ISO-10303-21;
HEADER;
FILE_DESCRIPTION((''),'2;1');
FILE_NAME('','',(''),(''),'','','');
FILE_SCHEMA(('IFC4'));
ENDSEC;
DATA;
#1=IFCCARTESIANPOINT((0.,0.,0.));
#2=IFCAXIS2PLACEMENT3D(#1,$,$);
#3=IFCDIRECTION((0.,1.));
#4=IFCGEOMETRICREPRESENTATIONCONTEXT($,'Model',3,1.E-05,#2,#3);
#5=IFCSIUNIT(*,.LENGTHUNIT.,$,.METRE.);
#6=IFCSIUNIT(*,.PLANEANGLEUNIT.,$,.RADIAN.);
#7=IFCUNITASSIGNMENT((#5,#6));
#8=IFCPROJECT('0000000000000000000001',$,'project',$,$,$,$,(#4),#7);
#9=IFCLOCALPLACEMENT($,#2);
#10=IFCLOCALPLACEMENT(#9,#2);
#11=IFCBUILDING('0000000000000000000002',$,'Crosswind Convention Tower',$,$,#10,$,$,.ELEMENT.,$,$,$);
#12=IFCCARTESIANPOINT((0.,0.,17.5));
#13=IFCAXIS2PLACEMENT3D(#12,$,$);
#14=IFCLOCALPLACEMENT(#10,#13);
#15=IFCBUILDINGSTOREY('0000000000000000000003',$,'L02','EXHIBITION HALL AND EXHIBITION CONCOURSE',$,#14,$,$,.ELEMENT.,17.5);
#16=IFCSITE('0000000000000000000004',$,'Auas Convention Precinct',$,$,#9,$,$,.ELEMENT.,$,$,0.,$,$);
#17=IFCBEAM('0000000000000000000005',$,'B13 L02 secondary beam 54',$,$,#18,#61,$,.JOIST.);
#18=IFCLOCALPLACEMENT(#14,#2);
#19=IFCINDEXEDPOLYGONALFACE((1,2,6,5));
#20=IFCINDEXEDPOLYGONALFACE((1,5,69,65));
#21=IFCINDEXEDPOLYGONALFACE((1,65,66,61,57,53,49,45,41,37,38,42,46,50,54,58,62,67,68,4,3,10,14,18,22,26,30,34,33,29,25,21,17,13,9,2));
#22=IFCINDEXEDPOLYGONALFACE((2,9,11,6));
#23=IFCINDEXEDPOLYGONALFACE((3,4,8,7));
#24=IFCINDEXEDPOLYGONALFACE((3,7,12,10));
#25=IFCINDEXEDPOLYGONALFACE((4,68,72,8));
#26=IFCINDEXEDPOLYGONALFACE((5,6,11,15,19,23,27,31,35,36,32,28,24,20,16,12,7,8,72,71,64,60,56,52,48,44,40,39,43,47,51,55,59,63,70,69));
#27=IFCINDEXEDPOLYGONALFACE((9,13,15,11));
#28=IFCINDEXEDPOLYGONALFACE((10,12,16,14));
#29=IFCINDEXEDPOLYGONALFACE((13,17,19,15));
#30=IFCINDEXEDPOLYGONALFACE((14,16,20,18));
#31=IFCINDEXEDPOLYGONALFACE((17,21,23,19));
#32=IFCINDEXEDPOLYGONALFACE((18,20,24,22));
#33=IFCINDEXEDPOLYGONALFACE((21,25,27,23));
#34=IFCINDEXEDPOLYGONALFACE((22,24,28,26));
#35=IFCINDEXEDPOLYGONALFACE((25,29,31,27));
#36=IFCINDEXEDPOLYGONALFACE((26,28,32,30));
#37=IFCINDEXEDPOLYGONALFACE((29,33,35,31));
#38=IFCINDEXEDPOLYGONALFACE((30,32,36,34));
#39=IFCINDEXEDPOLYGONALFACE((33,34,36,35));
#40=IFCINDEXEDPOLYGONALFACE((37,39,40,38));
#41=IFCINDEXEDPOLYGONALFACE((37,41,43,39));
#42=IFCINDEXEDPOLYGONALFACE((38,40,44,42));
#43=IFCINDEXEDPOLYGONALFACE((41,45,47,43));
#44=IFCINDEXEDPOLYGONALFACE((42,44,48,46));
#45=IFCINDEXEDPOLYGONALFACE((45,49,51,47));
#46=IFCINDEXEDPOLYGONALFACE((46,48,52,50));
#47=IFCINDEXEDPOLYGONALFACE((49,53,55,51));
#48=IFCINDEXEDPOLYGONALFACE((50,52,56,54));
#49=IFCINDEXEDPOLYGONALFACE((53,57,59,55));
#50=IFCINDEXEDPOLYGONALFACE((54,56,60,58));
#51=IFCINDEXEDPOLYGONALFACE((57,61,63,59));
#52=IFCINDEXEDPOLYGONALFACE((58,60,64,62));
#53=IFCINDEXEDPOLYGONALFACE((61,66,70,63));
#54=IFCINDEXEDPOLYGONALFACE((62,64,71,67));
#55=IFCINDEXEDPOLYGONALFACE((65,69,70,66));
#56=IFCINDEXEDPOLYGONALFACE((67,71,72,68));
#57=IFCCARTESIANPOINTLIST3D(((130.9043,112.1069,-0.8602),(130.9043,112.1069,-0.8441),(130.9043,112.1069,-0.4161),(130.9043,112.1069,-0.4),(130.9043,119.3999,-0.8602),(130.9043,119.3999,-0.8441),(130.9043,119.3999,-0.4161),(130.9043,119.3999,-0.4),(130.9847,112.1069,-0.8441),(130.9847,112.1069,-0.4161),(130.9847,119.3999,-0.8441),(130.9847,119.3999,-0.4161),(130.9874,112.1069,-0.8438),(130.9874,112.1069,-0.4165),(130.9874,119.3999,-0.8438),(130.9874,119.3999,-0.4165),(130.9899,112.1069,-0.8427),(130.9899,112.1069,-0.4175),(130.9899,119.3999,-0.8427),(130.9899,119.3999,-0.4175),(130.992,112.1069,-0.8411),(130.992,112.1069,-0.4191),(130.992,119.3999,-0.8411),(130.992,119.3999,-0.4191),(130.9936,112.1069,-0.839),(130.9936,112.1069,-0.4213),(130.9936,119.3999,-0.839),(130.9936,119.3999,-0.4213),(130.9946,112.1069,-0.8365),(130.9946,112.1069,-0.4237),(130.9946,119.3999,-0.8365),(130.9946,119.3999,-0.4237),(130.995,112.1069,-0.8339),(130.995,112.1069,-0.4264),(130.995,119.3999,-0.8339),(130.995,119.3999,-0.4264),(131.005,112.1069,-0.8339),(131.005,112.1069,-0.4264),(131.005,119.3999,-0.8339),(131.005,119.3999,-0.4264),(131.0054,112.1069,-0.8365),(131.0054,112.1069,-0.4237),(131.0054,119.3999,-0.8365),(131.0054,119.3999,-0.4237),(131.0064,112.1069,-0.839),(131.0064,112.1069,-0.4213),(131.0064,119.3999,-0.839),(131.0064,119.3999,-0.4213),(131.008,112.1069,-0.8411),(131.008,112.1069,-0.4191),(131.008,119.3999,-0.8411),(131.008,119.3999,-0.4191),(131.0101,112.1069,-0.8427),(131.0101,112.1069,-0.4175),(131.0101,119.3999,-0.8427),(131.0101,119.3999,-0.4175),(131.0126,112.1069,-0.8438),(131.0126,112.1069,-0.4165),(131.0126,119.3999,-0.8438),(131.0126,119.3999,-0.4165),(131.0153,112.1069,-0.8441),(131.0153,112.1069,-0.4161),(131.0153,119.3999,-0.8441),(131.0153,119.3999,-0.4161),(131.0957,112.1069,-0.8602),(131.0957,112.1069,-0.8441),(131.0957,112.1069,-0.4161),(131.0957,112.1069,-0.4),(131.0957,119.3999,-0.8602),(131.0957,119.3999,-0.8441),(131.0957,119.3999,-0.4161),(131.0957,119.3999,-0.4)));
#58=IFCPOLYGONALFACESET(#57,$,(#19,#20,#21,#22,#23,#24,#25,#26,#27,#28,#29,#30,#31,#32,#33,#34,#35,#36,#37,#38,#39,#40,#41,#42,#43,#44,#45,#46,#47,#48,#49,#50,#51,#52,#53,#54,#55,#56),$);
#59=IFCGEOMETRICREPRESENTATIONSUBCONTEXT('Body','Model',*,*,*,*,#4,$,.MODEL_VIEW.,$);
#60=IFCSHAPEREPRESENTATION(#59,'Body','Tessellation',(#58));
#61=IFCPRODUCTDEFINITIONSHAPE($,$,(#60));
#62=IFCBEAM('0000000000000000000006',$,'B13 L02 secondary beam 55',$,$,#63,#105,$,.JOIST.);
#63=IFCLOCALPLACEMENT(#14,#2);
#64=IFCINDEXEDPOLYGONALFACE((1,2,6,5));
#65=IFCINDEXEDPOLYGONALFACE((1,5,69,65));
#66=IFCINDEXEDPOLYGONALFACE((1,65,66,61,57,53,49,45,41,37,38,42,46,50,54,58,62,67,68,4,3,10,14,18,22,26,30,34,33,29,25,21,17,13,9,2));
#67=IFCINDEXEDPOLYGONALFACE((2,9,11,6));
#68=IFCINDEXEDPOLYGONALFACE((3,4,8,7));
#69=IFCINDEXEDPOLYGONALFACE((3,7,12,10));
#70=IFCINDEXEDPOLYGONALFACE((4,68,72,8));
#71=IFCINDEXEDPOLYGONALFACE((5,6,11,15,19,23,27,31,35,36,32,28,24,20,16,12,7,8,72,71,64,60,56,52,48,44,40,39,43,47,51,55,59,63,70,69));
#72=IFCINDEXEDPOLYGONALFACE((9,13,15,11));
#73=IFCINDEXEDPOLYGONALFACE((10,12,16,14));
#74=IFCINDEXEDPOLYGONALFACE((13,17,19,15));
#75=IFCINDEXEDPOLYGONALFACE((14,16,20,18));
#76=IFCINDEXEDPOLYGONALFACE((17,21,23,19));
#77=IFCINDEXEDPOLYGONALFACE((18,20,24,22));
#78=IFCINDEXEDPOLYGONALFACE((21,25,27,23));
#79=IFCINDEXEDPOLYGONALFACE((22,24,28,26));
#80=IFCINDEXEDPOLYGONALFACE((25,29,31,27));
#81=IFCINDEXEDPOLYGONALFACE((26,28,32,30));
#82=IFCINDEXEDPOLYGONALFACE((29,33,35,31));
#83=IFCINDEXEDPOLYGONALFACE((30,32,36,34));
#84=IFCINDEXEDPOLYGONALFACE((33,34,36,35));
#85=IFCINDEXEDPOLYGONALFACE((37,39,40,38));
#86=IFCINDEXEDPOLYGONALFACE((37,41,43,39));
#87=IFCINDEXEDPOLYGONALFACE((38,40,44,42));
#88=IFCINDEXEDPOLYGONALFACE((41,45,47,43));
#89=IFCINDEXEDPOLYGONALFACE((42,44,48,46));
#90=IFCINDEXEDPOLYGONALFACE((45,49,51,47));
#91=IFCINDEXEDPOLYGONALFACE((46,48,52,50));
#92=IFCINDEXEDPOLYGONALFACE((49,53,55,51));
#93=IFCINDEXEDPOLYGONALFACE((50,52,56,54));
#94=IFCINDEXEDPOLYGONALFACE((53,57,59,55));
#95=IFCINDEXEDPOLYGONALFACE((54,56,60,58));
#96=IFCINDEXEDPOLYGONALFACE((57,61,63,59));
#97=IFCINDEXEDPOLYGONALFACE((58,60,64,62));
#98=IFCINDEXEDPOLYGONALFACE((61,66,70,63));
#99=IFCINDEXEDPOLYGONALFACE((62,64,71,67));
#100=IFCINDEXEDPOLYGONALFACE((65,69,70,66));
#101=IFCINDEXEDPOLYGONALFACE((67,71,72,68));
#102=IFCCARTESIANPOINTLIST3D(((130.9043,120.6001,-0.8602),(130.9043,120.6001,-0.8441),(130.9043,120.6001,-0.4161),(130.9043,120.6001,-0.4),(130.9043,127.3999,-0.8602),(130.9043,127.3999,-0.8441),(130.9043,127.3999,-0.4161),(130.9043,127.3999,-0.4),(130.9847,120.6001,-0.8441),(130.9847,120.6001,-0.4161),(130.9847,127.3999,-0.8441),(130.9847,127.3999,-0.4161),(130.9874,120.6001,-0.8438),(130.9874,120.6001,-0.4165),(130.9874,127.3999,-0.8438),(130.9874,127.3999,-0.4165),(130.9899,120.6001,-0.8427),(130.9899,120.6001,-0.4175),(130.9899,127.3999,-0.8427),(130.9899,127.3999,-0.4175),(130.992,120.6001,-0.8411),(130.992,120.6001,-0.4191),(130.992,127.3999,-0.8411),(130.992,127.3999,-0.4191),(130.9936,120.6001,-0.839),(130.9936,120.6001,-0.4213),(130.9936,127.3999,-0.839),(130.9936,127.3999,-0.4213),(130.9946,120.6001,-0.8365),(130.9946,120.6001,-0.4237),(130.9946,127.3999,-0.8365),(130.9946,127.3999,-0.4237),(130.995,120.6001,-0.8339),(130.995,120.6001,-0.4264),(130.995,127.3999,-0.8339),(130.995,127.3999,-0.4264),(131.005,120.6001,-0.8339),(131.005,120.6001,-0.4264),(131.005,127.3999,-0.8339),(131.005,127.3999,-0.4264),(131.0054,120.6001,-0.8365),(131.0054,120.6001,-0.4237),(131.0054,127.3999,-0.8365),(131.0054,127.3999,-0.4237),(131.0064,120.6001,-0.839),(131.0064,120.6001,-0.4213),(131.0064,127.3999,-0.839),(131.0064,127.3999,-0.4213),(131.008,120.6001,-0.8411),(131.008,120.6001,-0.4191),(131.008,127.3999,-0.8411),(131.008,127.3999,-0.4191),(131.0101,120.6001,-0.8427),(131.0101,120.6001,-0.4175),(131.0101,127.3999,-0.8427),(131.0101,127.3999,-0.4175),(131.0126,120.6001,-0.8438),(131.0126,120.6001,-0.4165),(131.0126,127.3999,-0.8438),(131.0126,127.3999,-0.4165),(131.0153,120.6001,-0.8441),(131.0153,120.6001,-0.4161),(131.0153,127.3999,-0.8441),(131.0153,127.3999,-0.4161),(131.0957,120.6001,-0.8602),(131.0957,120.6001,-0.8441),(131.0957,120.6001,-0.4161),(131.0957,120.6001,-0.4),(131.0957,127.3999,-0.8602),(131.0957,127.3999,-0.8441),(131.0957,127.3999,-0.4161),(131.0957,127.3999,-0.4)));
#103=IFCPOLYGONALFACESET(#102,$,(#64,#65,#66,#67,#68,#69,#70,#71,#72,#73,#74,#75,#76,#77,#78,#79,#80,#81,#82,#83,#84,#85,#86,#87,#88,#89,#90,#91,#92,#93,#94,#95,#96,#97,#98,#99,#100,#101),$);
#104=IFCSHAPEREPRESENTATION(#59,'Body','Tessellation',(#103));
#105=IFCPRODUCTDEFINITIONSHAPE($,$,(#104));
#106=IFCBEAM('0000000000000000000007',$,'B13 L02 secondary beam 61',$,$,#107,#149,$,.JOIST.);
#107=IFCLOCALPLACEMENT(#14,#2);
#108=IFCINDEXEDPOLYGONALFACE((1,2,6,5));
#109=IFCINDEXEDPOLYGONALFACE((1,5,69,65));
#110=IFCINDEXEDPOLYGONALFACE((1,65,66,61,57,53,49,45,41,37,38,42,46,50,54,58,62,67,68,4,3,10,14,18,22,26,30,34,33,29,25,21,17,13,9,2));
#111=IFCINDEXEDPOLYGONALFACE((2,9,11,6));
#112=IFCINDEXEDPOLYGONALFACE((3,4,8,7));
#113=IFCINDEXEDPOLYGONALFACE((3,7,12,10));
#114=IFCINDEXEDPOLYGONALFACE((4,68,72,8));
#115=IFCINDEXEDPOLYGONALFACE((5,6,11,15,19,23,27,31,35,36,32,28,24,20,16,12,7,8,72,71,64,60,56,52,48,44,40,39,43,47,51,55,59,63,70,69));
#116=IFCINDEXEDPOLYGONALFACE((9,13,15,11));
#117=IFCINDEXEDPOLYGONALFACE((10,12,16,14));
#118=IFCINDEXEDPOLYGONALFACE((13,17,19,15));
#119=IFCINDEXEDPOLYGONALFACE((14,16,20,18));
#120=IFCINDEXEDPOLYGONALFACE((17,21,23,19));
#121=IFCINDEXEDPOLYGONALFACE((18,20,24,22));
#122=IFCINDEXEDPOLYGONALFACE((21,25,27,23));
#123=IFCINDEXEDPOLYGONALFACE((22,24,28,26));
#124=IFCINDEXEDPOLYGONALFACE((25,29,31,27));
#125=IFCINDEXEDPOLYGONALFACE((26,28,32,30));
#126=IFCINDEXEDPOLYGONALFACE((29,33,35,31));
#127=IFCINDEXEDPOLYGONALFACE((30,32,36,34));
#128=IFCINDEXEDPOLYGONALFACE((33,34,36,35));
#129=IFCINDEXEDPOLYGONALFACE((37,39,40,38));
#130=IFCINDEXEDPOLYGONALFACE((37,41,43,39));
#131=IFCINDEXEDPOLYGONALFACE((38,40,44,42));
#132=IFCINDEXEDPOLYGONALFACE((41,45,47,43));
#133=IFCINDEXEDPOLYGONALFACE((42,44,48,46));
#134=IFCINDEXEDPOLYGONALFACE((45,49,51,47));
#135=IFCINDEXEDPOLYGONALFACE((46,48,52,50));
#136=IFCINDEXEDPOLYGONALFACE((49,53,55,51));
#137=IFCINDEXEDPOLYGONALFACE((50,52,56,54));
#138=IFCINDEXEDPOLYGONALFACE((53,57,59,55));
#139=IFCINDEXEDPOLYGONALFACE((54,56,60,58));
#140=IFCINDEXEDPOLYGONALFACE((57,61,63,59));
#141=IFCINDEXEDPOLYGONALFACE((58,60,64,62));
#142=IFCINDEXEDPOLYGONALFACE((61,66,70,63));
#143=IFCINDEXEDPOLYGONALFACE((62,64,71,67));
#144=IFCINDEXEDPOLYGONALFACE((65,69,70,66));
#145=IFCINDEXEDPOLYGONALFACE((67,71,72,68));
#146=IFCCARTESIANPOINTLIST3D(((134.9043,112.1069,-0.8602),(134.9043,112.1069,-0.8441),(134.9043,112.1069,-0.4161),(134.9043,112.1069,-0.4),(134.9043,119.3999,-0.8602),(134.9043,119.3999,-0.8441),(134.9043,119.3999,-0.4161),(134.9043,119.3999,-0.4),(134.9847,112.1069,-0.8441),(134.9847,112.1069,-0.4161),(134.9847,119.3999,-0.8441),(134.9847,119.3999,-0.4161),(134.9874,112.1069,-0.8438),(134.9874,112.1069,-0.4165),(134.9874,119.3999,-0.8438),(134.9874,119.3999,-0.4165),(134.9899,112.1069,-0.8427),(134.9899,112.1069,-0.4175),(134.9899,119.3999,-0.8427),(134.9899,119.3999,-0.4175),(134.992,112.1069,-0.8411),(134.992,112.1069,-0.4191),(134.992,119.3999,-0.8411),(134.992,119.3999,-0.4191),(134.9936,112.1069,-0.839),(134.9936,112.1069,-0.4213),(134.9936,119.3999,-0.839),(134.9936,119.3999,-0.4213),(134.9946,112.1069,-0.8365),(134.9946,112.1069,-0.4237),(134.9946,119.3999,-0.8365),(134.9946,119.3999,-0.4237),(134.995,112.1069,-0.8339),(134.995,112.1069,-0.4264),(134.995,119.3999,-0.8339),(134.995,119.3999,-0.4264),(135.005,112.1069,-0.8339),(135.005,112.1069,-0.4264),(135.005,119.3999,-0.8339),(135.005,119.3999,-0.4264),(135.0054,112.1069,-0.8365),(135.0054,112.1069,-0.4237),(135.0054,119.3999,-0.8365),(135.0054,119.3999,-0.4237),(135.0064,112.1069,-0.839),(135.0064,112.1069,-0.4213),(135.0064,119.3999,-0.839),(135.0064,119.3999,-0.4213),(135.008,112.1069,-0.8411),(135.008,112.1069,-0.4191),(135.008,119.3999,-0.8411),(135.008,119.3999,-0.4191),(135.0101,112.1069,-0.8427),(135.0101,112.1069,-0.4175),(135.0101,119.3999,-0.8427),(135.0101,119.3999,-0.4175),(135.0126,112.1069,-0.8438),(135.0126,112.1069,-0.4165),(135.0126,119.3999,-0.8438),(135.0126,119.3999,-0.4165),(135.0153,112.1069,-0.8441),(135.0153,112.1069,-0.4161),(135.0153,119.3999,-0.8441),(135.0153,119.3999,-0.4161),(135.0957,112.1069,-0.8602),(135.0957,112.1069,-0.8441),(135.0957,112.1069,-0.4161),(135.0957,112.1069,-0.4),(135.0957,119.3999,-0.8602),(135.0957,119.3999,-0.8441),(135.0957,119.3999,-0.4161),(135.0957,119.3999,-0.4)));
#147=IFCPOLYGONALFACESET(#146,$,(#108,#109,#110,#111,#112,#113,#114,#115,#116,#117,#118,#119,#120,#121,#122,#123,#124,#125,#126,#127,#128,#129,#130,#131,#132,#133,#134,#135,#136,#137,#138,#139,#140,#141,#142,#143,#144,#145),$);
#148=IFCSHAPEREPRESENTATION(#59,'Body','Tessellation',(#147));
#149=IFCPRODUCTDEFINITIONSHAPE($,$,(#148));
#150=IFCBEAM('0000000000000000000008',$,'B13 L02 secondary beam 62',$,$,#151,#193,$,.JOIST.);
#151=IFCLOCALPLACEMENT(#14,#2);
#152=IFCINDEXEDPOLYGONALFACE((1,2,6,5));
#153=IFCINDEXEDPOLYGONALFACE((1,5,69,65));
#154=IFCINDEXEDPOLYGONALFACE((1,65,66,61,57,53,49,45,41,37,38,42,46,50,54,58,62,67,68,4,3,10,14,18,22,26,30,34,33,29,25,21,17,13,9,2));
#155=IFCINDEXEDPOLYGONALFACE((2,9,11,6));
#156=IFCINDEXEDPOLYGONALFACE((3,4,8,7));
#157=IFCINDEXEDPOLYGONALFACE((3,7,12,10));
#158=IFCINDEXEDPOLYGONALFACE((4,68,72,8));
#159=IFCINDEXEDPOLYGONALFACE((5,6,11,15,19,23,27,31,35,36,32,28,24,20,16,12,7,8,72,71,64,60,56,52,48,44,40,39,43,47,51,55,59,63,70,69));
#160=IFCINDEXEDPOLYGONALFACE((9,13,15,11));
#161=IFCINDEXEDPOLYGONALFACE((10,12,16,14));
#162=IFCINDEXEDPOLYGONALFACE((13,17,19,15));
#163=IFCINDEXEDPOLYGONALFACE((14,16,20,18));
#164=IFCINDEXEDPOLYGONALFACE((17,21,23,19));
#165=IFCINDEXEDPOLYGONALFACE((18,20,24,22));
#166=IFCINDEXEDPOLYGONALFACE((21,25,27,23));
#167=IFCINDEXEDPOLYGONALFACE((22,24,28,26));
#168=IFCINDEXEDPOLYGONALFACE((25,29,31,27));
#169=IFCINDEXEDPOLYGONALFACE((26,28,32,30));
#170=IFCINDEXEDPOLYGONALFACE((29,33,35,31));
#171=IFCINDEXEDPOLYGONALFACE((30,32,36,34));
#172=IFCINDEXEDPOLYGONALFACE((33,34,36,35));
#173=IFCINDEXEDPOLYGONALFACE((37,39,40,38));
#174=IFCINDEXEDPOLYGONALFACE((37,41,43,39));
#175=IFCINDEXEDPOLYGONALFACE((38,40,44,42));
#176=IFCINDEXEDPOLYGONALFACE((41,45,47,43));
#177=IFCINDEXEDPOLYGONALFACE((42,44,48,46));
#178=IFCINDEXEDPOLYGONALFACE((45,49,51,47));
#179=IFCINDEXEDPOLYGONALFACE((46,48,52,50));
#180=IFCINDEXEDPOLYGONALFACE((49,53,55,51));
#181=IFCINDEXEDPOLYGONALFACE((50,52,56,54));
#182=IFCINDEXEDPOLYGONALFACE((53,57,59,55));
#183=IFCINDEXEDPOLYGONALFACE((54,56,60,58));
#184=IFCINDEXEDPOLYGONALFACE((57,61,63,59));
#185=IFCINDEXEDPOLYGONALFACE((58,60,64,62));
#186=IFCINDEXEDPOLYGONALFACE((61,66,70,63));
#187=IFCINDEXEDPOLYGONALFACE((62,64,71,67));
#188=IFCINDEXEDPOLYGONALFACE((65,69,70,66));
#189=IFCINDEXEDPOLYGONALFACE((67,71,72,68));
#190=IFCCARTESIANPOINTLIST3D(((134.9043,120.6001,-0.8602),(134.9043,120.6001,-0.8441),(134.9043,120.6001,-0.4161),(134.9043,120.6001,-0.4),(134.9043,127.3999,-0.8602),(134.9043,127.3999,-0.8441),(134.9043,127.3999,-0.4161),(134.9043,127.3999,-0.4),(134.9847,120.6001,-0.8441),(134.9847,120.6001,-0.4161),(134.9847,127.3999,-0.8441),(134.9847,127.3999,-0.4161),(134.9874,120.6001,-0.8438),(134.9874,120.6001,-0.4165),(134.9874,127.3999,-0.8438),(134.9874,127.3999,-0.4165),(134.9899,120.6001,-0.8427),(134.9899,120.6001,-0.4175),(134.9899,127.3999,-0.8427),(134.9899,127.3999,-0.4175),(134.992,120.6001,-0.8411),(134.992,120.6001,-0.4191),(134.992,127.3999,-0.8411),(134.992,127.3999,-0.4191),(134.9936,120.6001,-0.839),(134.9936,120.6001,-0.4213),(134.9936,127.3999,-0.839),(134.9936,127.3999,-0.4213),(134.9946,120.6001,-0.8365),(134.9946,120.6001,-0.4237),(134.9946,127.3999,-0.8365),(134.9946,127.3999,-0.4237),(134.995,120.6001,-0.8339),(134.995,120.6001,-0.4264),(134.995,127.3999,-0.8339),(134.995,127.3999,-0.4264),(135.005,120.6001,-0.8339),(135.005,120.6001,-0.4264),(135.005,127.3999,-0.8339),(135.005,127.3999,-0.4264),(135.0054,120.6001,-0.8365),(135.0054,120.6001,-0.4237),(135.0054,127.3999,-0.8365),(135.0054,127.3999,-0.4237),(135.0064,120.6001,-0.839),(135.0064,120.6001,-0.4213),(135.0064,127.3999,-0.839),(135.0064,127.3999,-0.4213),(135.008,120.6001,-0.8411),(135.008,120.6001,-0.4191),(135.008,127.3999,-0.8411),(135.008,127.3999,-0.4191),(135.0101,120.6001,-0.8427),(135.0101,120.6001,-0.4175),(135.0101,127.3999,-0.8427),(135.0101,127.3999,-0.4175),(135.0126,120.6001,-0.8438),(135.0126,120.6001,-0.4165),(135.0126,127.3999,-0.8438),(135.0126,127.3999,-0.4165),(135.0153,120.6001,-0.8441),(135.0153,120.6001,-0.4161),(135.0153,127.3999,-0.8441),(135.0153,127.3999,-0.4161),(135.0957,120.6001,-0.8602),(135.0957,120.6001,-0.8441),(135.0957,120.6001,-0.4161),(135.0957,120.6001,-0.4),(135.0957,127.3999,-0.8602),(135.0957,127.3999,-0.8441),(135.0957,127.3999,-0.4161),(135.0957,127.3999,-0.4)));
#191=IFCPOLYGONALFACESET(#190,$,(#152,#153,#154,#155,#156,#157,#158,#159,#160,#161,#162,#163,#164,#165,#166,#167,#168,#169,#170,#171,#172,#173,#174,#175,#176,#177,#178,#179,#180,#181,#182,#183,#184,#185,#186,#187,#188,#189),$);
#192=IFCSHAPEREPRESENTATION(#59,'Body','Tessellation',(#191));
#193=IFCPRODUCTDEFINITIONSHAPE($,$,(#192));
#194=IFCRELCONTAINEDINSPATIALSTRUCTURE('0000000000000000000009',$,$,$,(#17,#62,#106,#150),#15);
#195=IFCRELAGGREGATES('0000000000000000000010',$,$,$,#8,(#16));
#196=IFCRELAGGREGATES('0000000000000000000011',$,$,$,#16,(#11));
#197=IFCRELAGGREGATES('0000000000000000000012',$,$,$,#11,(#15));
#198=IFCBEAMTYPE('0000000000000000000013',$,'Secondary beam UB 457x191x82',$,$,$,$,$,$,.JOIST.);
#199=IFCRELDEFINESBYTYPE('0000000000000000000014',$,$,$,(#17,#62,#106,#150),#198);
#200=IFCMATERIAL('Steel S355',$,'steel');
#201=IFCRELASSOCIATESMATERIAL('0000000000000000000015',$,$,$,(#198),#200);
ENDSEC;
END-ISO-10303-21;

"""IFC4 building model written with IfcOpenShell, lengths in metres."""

from ifc_helpers import new_model, si_unit, direction, frame, origin, origin_2d, place, context, subcontext, project, spatial, i_section, extrude, material, material_profile, profile_set, type_object, element, save


model = new_model("IFC4")

# Units and contexts
model_context = context("Model", 3, precision=1e-05, world=origin(), true_north=direction((0.0, 1.0)))
body_context = subcontext(model_context, "Body", "Model", "MODEL_VIEW")
ifc_project = project(units=[si_unit("LENGTHUNIT", "METRE"), si_unit("PLANEANGLEUNIT", "RADIAN")], contexts=[model_context])

# Site, building, storey
site_placement = place(None, origin())
site = spatial("IfcSite", under=ifc_project, at=site_placement, Name="Auas Convention Precinct", CompositionType="ELEMENT", RefElevation=0.0)
building_placement = place(site_placement, origin())
building = spatial("IfcBuilding", under=site, at=building_placement, Name="Crosswind Convention Tower", CompositionType="ELEMENT")
storey_placement = place(building_placement, frame((0.0, 0.0, 17.5)))
storey = spatial("IfcBuildingStorey", under=building, at=storey_placement, Name="L02", Description="EXHIBITION HALL AND EXHIBITION CONCOURSE", CompositionType="ELEMENT", Elevation=17.5)

# Shared definitions
ifc_material_1 = material(Name="Steel S355", Category="steel")

# Beams
ifc_material_profile_1 = material_profile(ifc_material_1, i_section(OverallWidth=0.1914, OverallDepth=0.4602, WebThickness=0.01, FlangeThickness=0.0161, FilletRadius=0.0103, at=origin_2d()), Name="UB 457x191x82")
ifc_profile_set_1 = profile_set([ifc_material_profile_1], Name="Steel S355")
beam_type_1 = type_object("IfcBeamType", Name="Secondary beam UB 457x191x82", PredefinedType="JOIST", material=ifc_profile_set_1)
beam_1_placement = place(storey_placement, frame((131.0, 112.1069, -0.6301), z_axis=(0.0, 1.0, 0.0), x_axis=(-1.0, 0.0, 0.0)))
element("IfcBeam", 1, at=beam_1_placement, inside=storey, type_object=beam_type_1, Name="B13 L02 secondary beam 54", PredefinedType="JOIST", context=body_context, shape_type="SweptSolid", body=[
    extrude(i_section(OverallWidth=0.1914, OverallDepth=0.4602, WebThickness=0.01, FlangeThickness=0.0161, FilletRadius=0.0103, at=origin_2d()), origin(), (0.0, 0.0, 1.0), 7.293),
])
beam_2_placement = place(storey_placement, frame((131.0, 120.6001, -0.6301), z_axis=(0.0, 1.0, 0.0), x_axis=(-1.0, 0.0, 0.0)))
element("IfcBeam", 2, at=beam_2_placement, inside=storey, type_object=beam_type_1, Name="B13 L02 secondary beam 55", PredefinedType="JOIST", context=body_context, shape_type="SweptSolid", body=[
    extrude(i_section(OverallWidth=0.1914, OverallDepth=0.4602, WebThickness=0.01, FlangeThickness=0.0161, FilletRadius=0.0103, at=origin_2d()), origin(), (0.0, 0.0, 1.0), 6.7998),
])
beam_3_placement = place(storey_placement, frame((135.0, 112.1069, -0.6301), z_axis=(0.0, 1.0, 0.0), x_axis=(-1.0, 0.0, 0.0)))
element("IfcBeam", 3, at=beam_3_placement, inside=storey, type_object=beam_type_1, Name="B13 L02 secondary beam 61", PredefinedType="JOIST", context=body_context, shape_type="SweptSolid", body=[
    extrude(i_section(OverallWidth=0.1914, OverallDepth=0.4602, WebThickness=0.01, FlangeThickness=0.0161, FilletRadius=0.0103, at=origin_2d()), origin(), (0.0, 0.0, 1.0), 7.293),
])
beam_4_placement = place(storey_placement, frame((135.0, 120.6001, -0.6301), z_axis=(0.0, 1.0, 0.0), x_axis=(-1.0, 0.0, 0.0)))
element("IfcBeam", 4, at=beam_4_placement, inside=storey, type_object=beam_type_1, Name="B13 L02 secondary beam 62", PredefinedType="JOIST", context=body_context, shape_type="SweptSolid", body=[
    extrude(i_section(OverallWidth=0.1914, OverallDepth=0.4602, WebThickness=0.01, FlangeThickness=0.0161, FilletRadius=0.0103, at=origin_2d()), origin(), (0.0, 0.0, 1.0), 6.7998),
])

save(model, "model.ifc")
